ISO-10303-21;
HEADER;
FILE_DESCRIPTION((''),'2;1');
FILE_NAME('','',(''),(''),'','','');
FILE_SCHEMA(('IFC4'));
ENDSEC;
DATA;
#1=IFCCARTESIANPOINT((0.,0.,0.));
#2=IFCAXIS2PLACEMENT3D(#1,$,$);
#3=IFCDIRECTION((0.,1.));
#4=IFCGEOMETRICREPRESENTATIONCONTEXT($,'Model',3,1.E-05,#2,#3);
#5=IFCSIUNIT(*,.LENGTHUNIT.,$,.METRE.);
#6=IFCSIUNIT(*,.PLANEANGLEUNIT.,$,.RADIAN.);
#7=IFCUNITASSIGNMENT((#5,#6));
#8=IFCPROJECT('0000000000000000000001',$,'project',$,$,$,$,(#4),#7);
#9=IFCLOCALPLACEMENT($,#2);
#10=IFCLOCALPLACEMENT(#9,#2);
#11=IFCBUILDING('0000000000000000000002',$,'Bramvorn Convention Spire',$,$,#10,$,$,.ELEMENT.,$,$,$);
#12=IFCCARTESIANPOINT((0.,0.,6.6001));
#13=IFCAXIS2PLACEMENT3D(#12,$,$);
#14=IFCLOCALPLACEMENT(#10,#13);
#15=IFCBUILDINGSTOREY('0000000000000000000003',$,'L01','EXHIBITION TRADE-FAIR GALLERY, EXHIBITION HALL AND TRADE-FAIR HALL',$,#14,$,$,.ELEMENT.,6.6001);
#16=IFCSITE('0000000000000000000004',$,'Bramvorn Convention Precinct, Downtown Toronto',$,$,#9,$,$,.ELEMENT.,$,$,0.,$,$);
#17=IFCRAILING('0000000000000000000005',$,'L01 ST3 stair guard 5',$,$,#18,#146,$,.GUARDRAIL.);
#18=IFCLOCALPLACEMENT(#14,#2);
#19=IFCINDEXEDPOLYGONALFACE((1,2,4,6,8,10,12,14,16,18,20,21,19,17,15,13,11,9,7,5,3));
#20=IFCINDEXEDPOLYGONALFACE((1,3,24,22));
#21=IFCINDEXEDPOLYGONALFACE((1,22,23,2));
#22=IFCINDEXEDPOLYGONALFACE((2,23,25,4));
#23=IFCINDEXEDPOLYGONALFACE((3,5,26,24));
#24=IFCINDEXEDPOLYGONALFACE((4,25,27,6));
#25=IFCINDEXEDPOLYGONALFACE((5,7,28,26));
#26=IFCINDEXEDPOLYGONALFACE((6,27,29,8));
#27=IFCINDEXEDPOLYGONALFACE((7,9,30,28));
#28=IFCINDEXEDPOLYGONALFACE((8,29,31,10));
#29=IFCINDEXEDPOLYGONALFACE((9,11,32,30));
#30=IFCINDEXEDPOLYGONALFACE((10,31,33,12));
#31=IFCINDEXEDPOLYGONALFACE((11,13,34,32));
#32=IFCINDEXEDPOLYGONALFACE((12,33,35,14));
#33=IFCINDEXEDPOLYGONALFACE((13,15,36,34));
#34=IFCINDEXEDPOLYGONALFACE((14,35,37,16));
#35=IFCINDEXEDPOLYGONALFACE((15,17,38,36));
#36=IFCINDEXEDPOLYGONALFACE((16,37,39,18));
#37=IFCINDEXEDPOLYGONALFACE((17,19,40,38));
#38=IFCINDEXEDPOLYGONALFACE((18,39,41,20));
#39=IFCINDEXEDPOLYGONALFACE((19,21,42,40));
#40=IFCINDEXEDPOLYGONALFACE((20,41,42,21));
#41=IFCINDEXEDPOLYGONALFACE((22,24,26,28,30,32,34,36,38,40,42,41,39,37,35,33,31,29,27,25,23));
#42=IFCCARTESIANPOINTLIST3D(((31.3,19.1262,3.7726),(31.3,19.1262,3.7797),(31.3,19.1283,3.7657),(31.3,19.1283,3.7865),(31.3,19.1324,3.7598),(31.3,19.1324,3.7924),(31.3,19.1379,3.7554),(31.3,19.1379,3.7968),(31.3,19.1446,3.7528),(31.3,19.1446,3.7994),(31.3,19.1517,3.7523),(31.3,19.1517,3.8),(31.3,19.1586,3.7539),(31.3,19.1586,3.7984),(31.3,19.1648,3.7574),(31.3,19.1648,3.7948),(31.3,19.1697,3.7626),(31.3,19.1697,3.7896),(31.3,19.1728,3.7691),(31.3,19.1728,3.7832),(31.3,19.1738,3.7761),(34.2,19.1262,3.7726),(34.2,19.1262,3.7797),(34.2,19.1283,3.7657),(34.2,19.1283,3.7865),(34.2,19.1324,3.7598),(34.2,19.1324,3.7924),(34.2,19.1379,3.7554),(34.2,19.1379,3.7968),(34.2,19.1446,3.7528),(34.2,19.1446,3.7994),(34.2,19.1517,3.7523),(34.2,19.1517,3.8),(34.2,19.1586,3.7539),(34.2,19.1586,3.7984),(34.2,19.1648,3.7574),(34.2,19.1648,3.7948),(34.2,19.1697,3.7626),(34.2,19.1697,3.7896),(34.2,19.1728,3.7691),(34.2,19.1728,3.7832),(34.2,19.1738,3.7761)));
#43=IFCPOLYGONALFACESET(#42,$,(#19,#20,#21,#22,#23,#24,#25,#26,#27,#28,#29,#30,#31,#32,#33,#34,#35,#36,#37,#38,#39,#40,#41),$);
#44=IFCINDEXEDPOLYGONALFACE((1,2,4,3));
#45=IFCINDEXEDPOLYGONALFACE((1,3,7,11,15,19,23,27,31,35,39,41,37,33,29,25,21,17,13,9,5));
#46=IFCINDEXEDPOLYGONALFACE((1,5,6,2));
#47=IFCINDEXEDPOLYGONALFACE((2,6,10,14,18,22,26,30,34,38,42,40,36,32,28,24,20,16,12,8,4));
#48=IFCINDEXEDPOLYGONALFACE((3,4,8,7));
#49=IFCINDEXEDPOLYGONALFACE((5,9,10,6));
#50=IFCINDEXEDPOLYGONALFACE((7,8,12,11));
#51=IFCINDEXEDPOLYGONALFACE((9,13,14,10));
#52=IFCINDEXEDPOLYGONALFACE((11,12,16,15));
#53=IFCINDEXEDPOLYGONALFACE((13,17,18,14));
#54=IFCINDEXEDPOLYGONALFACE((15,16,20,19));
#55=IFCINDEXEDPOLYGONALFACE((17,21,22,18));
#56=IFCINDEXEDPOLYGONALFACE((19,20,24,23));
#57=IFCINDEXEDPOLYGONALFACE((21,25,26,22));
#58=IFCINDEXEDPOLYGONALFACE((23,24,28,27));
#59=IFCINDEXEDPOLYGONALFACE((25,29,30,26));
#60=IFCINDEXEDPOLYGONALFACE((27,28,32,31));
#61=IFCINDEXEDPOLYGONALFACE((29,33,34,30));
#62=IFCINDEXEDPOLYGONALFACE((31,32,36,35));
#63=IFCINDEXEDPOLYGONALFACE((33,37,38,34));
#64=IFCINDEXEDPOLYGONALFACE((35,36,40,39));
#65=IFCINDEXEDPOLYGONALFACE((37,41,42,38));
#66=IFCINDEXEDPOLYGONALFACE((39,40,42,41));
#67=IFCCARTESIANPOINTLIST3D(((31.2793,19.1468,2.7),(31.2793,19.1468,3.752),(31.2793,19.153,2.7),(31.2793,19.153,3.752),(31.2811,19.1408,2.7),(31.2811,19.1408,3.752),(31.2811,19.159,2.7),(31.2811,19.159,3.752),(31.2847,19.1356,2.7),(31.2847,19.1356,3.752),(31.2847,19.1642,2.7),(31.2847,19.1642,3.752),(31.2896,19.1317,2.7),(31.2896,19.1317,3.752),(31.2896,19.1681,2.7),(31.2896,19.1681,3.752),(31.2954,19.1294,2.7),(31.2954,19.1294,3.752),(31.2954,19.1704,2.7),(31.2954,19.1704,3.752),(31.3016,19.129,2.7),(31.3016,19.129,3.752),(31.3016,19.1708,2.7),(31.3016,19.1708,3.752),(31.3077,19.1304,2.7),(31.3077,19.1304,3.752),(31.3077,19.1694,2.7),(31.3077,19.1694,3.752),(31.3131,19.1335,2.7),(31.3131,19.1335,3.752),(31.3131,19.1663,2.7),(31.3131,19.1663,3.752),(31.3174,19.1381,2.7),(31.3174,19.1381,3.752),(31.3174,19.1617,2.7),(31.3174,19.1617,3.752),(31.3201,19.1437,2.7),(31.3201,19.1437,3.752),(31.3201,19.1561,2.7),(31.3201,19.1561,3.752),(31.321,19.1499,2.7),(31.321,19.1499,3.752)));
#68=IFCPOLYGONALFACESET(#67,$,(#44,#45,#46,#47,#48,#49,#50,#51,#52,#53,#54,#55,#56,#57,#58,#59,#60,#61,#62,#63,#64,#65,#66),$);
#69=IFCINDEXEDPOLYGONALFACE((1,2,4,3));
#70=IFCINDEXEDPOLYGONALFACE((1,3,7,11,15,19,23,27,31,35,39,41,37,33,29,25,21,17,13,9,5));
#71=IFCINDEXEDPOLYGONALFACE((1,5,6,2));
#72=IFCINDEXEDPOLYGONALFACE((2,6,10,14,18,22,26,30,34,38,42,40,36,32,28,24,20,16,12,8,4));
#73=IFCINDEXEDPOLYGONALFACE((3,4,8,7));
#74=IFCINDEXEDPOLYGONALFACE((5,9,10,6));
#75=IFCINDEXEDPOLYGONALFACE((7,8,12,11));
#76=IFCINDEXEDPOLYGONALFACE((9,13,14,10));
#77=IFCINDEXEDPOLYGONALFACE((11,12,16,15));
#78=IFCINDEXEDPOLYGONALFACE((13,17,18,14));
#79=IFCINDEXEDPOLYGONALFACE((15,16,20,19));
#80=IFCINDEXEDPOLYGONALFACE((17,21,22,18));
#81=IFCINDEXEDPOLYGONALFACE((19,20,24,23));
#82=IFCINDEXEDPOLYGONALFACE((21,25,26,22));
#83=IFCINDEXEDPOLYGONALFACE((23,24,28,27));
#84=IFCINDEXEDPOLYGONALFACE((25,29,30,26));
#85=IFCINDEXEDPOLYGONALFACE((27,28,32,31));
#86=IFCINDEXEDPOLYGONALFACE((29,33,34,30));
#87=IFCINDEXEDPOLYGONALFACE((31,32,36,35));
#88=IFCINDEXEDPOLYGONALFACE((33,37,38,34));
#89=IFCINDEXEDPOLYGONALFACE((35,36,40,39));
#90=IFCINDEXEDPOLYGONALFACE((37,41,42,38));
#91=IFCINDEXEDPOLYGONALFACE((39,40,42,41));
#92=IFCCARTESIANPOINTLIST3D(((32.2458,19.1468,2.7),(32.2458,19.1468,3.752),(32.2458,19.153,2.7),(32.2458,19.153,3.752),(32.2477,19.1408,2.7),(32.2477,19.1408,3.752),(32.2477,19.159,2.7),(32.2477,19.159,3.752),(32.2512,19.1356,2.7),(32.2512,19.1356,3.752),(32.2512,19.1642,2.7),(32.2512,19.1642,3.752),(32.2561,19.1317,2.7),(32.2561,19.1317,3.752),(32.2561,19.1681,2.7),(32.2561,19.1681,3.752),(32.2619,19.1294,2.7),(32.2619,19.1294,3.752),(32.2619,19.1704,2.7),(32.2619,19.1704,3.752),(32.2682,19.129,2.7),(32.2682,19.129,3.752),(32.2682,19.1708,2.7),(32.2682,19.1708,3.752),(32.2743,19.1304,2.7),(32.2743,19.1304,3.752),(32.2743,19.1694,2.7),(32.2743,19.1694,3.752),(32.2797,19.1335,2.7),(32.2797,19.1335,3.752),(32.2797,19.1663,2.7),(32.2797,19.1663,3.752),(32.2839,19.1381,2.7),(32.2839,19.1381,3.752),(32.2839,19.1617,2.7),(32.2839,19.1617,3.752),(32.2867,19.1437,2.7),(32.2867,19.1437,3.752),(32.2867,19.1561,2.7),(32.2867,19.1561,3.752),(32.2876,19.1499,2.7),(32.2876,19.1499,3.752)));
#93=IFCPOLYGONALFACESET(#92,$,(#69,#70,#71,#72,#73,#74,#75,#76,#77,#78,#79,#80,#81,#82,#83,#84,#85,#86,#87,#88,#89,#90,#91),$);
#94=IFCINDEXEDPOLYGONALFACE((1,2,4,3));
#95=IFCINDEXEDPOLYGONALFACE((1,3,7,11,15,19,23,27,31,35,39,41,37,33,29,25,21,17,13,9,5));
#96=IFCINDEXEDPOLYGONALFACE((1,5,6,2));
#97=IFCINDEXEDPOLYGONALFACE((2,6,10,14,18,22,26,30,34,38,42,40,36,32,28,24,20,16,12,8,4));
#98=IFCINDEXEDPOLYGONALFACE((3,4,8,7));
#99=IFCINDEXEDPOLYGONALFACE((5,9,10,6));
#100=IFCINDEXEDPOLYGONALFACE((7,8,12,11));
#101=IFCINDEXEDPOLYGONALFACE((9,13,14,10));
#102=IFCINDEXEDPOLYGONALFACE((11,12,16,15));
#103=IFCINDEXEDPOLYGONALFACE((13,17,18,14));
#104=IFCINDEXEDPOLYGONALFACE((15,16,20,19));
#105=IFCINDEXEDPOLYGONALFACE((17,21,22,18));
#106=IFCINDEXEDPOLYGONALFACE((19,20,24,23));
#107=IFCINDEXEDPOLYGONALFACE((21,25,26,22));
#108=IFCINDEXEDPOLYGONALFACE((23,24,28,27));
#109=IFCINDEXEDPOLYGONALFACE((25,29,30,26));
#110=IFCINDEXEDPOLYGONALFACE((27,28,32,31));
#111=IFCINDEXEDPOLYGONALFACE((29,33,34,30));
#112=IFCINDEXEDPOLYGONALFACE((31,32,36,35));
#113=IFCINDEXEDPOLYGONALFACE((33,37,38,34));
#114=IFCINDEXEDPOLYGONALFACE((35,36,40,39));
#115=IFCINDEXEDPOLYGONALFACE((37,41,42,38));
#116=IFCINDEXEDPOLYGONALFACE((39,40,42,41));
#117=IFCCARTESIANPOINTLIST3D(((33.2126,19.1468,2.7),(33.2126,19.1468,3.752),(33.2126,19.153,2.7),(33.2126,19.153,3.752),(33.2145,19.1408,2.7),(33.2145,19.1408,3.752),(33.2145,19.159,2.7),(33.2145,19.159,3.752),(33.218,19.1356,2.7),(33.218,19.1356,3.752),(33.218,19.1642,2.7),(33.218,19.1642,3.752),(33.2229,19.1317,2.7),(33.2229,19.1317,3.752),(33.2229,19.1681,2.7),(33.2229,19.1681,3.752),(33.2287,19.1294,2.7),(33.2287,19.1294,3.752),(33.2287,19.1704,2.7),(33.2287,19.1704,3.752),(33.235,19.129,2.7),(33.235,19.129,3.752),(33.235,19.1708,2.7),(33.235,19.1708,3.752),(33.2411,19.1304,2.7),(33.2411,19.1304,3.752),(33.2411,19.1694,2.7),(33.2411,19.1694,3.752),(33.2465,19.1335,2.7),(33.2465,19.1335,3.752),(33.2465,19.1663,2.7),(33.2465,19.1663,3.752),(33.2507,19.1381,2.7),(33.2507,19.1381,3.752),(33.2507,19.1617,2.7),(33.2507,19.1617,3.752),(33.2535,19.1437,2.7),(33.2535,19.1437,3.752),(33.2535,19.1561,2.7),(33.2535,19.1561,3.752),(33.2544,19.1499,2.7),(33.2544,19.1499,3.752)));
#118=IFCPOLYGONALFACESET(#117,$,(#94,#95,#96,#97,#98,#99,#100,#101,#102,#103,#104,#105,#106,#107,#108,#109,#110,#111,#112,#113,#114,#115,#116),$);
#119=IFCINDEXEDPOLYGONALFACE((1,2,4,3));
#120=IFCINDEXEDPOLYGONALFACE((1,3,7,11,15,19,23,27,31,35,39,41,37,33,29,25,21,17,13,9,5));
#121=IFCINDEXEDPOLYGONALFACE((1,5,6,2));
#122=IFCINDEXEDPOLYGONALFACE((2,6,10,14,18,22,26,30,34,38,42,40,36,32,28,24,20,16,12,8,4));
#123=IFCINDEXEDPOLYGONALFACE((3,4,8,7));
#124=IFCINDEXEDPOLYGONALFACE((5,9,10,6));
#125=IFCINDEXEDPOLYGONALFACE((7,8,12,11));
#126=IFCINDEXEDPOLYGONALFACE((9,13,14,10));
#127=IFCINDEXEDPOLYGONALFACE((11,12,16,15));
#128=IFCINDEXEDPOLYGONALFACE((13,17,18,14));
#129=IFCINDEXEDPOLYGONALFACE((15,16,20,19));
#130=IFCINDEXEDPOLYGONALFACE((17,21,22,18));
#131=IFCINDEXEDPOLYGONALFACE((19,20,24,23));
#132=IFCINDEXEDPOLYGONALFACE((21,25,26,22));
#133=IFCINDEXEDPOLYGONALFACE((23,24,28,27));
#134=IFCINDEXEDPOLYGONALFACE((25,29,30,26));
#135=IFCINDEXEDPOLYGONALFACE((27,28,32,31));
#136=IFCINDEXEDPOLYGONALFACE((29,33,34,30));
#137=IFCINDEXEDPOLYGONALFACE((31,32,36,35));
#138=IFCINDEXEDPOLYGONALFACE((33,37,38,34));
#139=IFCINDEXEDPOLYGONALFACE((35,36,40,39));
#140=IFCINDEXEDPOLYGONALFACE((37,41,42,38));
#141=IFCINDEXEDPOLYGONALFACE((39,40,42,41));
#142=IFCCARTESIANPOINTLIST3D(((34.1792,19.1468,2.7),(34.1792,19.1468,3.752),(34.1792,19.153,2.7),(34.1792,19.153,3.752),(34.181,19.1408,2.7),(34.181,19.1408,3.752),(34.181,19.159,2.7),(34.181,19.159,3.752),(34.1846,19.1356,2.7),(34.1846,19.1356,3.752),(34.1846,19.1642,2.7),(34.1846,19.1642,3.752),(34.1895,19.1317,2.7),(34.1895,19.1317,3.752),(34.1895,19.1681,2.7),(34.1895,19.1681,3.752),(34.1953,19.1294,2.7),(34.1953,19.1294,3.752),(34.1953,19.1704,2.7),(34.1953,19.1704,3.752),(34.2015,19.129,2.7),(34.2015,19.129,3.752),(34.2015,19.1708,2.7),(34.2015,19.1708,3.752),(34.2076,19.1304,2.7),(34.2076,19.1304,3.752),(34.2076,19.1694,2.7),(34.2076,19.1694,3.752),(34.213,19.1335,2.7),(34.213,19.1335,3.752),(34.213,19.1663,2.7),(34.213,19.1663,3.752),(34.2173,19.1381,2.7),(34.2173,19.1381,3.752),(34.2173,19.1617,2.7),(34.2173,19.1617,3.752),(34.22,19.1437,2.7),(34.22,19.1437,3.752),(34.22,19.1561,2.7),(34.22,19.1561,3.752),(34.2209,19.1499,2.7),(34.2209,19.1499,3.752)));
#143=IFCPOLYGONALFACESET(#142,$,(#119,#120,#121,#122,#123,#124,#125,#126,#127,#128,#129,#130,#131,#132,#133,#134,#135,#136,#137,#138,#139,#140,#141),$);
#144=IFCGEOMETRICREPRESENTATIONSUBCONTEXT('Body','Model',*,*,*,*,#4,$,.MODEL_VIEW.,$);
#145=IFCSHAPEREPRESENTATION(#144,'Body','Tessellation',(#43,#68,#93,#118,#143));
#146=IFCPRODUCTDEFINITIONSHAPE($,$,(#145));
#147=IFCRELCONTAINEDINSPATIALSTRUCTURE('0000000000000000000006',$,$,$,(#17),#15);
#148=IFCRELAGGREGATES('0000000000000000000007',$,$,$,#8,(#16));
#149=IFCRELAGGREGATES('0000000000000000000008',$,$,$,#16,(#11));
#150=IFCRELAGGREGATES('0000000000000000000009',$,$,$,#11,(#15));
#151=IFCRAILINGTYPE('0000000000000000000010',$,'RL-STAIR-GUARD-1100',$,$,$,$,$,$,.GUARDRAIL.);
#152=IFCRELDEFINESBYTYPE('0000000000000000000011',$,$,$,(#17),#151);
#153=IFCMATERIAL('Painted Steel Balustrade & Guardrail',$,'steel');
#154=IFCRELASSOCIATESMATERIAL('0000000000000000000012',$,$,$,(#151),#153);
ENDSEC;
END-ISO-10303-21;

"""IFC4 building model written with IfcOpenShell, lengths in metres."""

from ifc_helpers import new_model, si_unit, direction, frame, origin, origin_2d, place, context, subcontext, project, spatial, circle, extrude, material, type_object, element, save


model = new_model("IFC4")

# Units and contexts
model_context = context("Model", 3, precision=1e-05, world=origin(), true_north=direction((0.0, 1.0)))
body_context = subcontext(model_context, "Body", "Model", "MODEL_VIEW")
ifc_project = project(units=[si_unit("LENGTHUNIT", "METRE"), si_unit("PLANEANGLEUNIT", "RADIAN")], contexts=[model_context])

# Site, building, storey
site_placement = place(None, origin())
site = spatial("IfcSite", under=ifc_project, at=site_placement, Name="Bramvorn Convention Precinct, Downtown Toronto", CompositionType="ELEMENT", RefElevation=0.0)
building_placement = place(site_placement, origin())
building = spatial("IfcBuilding", under=site, at=building_placement, Name="Bramvorn Convention Spire", CompositionType="ELEMENT")
storey_placement = place(building_placement, frame((0.0, 0.0, 6.6001)))
storey = spatial("IfcBuildingStorey", under=building, at=storey_placement, Name="L01", Description="EXHIBITION TRADE-FAIR GALLERY, EXHIBITION HALL AND TRADE-FAIR HALL", CompositionType="ELEMENT", Elevation=6.6001)

# Railing
ifc_material_1 = material(Name="Painted Steel Balustrade & Guardrail", Category="steel")
railing_type = type_object("IfcRailingType", Name="RL-STAIR-GUARD-1100", PredefinedType="GUARDRAIL", material=ifc_material_1)
railing_1_placement = place(storey_placement, frame((31.3, 19.1499, 2.7)))
element("IfcRailing", 1, at=railing_1_placement, inside=storey, type_object=railing_type, Name="L01 ST3 stair guard 5", PredefinedType="GUARDRAIL", context=body_context, shape_type="SweptSolid", body=[
    extrude(circle(Radius=0.0239, at=origin_2d()), frame((0.0, 0.0, 1.0762), z_axis=(1.0, 0.0, 0.0), x_axis=(0.0, 1.0, 0.0)), (0.0, 0.0, 1.0), 2.8999),
    extrude(circle(Radius=0.021, at=origin_2d()), origin(), (0.0, 0.0, 1.0), 1.052),
    extrude(circle(Radius=0.021, at=origin_2d()), frame((0.9666, 0.0, 0.0)), (0.0, 0.0, 1.0), 1.052),
    extrude(circle(Radius=0.021, at=origin_2d()), frame((1.9333, 0.0, 0.0)), (0.0, 0.0, 1.0), 1.052),
    extrude(circle(Radius=0.021, at=origin_2d()), frame((2.8999, 0.0, 0.0)), (0.0, 0.0, 1.0), 1.052),
])

save(model, "model.ifc")
